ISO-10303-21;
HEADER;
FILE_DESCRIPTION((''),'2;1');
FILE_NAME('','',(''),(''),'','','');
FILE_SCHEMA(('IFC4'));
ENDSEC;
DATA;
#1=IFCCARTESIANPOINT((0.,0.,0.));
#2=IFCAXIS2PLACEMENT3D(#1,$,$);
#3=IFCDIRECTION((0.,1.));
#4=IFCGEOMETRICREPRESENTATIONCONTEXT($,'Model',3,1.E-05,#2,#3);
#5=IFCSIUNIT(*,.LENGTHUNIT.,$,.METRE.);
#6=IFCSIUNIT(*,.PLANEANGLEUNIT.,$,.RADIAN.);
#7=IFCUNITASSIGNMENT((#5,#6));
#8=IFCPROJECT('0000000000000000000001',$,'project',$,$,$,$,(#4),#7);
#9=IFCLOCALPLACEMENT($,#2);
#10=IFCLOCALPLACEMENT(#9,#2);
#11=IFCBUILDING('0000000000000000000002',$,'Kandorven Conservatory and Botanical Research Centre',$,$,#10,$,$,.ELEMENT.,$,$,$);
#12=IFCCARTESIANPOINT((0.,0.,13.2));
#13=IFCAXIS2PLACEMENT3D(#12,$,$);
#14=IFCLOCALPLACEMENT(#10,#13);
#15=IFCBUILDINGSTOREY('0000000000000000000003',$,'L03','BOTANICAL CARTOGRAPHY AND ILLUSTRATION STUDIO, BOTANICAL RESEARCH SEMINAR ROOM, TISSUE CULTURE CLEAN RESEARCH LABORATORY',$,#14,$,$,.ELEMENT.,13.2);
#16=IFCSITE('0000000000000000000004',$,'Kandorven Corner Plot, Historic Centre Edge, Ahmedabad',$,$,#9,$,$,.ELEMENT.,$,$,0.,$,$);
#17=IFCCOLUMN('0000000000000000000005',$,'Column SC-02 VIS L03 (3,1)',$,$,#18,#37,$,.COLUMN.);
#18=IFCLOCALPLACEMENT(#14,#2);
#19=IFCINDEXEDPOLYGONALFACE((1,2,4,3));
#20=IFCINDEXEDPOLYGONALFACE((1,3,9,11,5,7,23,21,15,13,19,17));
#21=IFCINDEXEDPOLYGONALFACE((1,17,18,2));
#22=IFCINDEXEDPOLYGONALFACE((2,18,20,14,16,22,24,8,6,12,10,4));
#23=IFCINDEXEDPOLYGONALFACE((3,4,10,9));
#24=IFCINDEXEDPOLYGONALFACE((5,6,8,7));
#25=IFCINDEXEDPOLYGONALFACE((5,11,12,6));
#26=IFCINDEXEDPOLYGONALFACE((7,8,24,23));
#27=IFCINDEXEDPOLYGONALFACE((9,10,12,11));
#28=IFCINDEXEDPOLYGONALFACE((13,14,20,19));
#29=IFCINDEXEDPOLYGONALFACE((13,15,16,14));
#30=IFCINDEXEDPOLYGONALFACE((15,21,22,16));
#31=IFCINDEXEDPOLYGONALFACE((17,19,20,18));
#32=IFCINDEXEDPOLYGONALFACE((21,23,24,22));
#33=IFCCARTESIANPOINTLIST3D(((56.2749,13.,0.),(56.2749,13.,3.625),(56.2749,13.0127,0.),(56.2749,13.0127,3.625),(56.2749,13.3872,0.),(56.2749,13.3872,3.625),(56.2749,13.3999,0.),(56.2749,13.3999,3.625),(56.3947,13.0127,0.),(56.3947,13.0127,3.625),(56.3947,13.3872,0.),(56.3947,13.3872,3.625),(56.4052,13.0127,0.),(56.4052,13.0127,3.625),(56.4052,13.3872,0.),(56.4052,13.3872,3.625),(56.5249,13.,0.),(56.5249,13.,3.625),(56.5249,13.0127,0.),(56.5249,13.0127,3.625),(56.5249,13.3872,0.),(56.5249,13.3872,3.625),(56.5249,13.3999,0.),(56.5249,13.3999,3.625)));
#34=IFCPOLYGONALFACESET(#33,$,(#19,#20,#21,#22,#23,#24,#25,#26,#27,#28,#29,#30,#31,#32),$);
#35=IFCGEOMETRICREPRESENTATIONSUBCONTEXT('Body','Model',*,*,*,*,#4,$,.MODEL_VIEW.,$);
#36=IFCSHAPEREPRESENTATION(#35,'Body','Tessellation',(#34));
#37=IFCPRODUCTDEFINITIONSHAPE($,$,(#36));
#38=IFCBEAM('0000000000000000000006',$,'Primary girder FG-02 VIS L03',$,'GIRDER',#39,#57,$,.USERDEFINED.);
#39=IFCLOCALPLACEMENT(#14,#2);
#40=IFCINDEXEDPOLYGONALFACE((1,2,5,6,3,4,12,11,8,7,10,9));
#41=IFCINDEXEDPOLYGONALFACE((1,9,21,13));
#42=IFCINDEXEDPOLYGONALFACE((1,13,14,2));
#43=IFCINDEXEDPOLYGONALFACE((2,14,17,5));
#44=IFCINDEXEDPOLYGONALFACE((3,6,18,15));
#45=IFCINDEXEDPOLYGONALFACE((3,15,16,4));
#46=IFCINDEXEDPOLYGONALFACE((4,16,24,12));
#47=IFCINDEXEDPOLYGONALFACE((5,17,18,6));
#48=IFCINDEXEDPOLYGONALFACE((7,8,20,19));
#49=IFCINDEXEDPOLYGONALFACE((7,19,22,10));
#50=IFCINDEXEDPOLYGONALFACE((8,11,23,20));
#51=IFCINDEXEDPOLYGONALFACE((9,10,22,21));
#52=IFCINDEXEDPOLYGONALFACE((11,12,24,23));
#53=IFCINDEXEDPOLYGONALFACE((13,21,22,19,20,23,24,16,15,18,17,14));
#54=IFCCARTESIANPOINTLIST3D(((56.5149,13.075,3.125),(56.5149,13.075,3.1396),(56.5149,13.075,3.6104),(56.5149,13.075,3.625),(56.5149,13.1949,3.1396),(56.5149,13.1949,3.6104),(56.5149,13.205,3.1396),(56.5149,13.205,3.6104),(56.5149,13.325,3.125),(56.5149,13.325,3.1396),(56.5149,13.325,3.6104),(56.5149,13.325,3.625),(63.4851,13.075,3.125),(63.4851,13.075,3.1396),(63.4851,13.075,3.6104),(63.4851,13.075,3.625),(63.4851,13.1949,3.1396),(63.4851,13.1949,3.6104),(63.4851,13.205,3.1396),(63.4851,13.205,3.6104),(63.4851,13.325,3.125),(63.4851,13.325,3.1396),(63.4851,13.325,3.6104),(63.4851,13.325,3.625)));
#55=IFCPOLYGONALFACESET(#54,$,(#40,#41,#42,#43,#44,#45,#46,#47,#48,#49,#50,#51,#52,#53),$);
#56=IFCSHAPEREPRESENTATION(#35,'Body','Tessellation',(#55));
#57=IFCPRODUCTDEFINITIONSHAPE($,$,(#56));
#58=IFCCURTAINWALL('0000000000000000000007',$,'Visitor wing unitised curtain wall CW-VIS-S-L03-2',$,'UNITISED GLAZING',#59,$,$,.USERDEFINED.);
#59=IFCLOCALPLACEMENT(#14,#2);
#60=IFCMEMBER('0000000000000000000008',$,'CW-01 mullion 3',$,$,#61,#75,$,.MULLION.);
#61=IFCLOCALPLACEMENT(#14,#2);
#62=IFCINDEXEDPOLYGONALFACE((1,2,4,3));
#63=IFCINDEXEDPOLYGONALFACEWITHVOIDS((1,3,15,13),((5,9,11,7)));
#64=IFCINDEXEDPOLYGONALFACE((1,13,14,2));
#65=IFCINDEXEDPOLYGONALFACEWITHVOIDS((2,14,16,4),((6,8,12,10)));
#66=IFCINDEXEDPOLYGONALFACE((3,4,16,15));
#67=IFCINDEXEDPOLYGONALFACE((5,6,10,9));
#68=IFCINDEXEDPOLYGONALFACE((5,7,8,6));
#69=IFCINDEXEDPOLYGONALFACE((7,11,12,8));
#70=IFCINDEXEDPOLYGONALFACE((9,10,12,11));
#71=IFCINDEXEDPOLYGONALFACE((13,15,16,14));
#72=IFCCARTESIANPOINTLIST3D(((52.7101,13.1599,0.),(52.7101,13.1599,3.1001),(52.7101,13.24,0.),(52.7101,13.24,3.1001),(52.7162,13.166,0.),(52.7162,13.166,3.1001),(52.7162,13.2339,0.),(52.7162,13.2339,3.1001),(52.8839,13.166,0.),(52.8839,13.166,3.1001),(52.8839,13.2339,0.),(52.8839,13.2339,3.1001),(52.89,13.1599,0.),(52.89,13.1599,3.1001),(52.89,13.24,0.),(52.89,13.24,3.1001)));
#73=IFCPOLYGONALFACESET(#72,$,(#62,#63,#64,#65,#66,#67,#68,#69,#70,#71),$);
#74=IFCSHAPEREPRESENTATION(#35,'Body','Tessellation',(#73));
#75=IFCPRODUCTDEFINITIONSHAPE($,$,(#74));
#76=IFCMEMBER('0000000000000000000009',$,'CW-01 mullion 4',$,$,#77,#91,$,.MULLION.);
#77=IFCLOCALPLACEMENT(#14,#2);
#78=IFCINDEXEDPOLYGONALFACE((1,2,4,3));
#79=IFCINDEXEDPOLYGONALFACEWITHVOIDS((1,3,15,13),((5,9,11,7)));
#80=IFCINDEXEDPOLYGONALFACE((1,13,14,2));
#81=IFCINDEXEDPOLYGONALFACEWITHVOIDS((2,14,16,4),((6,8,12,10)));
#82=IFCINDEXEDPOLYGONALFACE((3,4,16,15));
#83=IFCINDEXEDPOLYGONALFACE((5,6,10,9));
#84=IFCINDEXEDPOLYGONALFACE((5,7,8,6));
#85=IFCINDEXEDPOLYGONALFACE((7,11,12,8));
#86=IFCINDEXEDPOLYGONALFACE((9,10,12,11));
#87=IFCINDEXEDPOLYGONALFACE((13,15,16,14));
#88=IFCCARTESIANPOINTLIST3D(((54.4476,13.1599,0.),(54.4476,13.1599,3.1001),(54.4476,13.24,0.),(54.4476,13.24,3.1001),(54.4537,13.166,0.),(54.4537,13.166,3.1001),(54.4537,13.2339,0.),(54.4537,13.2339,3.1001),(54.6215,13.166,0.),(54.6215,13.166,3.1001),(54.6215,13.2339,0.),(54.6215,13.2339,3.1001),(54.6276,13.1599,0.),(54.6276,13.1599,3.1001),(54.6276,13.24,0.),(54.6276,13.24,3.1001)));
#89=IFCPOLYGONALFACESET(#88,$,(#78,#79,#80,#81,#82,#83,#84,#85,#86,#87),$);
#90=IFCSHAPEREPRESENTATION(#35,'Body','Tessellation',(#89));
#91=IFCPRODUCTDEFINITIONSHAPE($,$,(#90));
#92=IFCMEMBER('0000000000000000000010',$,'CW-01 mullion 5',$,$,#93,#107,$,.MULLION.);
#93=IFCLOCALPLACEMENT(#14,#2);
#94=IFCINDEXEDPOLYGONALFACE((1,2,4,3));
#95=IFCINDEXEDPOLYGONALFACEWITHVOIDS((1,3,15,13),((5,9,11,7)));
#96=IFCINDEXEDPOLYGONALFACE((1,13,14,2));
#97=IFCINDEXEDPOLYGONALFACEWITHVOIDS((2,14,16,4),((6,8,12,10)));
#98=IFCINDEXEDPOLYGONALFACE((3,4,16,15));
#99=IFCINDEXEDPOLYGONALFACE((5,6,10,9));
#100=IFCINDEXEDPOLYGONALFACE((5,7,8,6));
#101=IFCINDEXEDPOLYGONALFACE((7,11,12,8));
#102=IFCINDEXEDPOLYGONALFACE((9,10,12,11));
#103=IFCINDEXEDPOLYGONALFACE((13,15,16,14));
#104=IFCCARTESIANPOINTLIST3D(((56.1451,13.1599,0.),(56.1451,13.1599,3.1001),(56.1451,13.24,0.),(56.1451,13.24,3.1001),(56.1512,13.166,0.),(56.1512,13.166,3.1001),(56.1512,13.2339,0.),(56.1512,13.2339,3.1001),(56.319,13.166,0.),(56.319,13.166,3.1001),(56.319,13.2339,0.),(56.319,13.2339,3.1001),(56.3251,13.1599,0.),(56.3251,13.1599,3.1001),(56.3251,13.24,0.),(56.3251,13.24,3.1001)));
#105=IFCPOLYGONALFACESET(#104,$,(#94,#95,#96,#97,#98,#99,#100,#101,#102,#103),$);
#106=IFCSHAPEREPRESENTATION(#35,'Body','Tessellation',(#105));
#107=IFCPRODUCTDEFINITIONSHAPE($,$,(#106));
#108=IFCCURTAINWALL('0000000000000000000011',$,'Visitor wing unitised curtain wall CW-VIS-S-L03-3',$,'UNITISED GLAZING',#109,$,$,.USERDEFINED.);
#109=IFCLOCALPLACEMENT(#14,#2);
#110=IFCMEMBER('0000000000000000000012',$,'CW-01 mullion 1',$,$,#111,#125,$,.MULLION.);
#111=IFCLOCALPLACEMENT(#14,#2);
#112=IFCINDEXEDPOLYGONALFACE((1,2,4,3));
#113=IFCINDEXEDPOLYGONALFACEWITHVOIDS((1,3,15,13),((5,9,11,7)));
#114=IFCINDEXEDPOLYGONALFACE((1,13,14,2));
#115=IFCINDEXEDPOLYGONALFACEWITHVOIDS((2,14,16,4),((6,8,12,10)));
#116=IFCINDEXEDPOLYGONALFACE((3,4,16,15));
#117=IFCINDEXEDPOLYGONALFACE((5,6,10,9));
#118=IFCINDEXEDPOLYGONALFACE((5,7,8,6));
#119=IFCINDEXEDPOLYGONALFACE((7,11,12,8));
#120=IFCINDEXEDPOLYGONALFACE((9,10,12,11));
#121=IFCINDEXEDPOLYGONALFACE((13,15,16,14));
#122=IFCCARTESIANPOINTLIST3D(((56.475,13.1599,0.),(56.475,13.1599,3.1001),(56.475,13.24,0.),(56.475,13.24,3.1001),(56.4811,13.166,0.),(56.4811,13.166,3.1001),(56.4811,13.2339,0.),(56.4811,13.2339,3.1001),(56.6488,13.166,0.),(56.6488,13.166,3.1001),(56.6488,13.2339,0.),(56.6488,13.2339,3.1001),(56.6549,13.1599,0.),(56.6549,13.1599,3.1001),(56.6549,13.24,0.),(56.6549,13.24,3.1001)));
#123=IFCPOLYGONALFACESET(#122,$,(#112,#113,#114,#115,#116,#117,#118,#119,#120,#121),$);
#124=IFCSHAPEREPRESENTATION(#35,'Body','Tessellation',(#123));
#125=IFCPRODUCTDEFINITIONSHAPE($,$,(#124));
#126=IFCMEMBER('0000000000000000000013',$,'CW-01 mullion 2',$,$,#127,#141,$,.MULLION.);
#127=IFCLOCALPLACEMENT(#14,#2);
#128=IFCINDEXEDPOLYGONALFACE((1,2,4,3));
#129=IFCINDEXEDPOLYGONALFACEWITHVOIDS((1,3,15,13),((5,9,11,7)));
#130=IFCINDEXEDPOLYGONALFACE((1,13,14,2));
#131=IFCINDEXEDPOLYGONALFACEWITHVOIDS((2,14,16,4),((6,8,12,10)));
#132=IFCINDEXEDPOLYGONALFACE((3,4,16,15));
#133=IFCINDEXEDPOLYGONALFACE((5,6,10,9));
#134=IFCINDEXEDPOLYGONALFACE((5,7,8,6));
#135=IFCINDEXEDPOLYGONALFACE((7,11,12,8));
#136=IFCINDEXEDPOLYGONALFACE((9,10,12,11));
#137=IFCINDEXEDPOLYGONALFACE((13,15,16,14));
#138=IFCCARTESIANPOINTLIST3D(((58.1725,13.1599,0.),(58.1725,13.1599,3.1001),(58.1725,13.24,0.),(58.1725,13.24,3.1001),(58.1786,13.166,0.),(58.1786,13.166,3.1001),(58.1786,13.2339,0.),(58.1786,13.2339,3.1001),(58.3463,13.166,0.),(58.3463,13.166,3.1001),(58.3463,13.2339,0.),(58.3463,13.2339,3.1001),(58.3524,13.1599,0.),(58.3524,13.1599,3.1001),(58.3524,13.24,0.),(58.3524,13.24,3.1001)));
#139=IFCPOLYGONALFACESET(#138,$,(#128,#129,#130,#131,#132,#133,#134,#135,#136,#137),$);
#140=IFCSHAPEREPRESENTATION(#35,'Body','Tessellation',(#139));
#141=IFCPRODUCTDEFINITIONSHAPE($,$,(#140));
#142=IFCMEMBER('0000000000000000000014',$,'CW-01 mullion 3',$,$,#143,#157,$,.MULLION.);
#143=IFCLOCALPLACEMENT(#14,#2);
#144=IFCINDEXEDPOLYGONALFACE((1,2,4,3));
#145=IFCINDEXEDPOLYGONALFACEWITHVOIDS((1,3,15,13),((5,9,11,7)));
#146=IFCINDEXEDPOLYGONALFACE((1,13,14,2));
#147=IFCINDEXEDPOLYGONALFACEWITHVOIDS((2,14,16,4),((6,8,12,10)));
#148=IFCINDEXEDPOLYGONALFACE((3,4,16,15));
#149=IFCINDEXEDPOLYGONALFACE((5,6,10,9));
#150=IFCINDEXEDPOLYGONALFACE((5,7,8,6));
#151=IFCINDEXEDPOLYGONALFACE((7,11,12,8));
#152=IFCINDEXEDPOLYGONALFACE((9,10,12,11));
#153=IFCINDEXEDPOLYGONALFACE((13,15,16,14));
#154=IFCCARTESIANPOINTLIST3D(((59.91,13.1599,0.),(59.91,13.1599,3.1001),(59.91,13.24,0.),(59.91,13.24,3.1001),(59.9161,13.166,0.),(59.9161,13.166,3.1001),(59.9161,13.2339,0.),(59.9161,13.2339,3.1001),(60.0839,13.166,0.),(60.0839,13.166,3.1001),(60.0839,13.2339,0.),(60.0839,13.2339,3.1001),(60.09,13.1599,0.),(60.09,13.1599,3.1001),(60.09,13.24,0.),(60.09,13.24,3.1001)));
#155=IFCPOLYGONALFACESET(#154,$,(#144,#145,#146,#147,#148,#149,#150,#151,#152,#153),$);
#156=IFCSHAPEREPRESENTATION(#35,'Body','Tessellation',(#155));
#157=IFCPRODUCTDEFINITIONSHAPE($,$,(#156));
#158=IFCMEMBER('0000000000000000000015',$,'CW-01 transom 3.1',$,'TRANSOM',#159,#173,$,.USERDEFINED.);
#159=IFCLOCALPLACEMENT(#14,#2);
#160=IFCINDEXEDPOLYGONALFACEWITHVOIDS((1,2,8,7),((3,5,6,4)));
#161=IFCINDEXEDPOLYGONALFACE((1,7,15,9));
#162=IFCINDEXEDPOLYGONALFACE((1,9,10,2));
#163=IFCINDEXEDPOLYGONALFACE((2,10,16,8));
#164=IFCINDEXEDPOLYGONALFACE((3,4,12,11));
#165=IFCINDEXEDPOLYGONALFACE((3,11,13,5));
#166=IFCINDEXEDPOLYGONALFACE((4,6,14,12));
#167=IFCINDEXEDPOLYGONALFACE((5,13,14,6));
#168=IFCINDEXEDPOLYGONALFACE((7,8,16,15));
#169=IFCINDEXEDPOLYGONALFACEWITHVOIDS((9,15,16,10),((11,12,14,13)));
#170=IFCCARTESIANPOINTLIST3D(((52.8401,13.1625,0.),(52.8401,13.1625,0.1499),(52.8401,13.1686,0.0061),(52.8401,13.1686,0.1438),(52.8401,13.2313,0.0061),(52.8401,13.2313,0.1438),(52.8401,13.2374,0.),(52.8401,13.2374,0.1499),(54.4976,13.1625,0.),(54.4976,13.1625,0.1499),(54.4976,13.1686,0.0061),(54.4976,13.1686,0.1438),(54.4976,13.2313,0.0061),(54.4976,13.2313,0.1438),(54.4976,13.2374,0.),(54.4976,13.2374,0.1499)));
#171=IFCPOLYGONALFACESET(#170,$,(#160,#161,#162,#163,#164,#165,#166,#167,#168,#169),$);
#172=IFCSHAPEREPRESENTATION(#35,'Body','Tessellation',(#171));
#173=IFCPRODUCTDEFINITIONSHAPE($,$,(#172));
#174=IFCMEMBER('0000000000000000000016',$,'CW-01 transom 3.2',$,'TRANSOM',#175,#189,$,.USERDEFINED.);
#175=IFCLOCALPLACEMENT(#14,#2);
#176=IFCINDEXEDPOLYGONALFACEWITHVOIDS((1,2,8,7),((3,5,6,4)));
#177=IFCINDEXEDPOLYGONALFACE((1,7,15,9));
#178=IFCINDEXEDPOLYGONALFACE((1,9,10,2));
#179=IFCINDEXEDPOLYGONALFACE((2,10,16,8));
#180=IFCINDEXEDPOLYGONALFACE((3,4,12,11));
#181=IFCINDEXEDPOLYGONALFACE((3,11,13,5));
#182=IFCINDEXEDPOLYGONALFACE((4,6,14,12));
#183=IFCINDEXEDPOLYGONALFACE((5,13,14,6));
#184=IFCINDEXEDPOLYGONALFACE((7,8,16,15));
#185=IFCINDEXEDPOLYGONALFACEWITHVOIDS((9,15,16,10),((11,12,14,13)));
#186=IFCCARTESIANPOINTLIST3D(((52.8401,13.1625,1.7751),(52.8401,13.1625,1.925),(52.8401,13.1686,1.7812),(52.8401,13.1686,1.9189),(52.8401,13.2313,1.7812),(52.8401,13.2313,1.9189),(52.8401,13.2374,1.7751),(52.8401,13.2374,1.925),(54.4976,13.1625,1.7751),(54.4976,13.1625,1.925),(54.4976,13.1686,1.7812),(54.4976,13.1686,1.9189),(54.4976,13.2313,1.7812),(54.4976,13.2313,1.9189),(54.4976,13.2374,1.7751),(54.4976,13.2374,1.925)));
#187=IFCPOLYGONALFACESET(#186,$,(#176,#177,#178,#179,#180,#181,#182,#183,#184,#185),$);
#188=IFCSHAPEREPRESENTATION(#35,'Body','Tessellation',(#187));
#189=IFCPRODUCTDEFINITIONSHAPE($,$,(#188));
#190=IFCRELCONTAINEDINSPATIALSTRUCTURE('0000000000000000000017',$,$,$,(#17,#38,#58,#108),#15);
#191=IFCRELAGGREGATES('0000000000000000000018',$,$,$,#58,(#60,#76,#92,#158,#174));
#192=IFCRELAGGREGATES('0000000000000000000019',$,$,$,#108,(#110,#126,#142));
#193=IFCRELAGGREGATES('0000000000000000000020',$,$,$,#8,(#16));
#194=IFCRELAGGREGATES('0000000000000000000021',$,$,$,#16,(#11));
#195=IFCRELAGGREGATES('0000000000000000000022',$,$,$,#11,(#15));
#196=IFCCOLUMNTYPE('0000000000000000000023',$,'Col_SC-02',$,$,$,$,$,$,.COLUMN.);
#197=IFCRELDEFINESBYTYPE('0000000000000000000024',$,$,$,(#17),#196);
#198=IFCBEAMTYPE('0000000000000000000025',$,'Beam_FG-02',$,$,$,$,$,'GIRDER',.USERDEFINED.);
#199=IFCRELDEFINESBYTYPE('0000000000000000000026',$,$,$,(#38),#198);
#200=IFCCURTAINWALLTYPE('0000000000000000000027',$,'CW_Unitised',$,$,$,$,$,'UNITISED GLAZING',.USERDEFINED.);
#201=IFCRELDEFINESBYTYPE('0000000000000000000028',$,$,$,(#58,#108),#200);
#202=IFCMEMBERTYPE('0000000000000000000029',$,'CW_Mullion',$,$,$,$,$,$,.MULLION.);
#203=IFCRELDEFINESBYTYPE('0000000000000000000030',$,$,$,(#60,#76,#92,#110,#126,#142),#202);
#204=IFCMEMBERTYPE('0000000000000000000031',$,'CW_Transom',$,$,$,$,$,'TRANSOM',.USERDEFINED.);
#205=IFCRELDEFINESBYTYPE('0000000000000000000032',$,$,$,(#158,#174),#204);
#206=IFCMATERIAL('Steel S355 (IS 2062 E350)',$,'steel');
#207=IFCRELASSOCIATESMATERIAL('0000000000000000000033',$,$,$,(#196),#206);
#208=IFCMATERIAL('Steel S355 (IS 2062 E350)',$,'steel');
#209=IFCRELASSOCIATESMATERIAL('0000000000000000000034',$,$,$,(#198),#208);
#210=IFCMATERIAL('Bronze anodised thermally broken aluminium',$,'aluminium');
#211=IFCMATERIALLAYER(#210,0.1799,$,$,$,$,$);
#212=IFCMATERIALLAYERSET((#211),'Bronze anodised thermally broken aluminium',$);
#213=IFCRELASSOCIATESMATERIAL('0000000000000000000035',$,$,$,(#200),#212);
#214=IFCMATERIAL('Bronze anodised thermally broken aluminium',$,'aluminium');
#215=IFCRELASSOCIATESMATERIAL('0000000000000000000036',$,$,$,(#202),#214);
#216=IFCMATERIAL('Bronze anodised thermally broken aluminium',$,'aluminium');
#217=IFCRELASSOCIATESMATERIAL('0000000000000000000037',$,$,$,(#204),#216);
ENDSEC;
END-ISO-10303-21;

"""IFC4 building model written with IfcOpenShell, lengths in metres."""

from ifc_helpers import new_model, si_unit, direction, frame, origin, origin_2d, place, context, subcontext, project, spatial, hollow_rectangle, i_section, extrude, material, layer, layer_set, material_profile, profile_set, type_object, element, aggregate, save


model = new_model("IFC4")

# Units and contexts
model_context = context("Model", 3, precision=1e-05, world=origin(), true_north=direction((0.0, 1.0)))
body_context = subcontext(model_context, "Body", "Model", "MODEL_VIEW")
ifc_project = project(units=[si_unit("LENGTHUNIT", "METRE"), si_unit("PLANEANGLEUNIT", "RADIAN")], contexts=[model_context])

# Site, building, storey
site_placement = place(None, origin())
site = spatial("IfcSite", under=ifc_project, at=site_placement, Name="Kandorven Corner Plot, Historic Centre Edge, Ahmedabad", CompositionType="ELEMENT", RefElevation=0.0)
building_placement = place(site_placement, origin())
building = spatial("IfcBuilding", under=site, at=building_placement, Name="Kandorven Conservatory and Botanical Research Centre", CompositionType="ELEMENT")
storey_placement = place(building_placement, frame((0.0, 0.0, 13.2)))
storey = spatial("IfcBuildingStorey", under=building, at=storey_placement, Name="L03", Description="BOTANICAL CARTOGRAPHY AND ILLUSTRATION STUDIO, BOTANICAL RESEARCH SEMINAR ROOM, TISSUE CULTURE CLEAN RESEARCH LABORATORY", CompositionType="ELEMENT", Elevation=13.2)

# Column
ifc_material_1 = material(Name="Steel S355 (IS 2062 E350)", Category="steel")
ifc_material_profile_1 = material_profile(ifc_material_1, i_section(OverallWidth=0.25, OverallDepth=0.3999, WebThickness=0.0105, FlangeThickness=0.0127, at=origin_2d()))
ifc_profile_set_1 = profile_set([ifc_material_profile_1], Name="Steel S355 (IS 2062 E350)")
column_type = type_object("IfcColumnType", Name="Col_SC-02", PredefinedType="COLUMN", material=ifc_profile_set_1)
column_placement = place(storey_placement, frame((56.3999, 13.2, 0.0), z_axis=(0.0, 0.0, 1.0), x_axis=(1.0, 0.0, 0.0)))
element("IfcColumn", 1, at=column_placement, inside=storey, type_object=column_type, Name="Column SC-02 VIS L03 (3,1)", PredefinedType="COLUMN", context=body_context, shape_type="SweptSolid", body=[
    extrude(i_section(OverallWidth=0.25, OverallDepth=0.3999, WebThickness=0.0105, FlangeThickness=0.0127, at=origin_2d()), origin(), (0.0, 0.0, 1.0), 3.625),
])

# Beam
ifc_material_2 = material(Name="Steel S355 (IS 2062 E350)", Category="steel")
ifc_material_profile_2 = material_profile(ifc_material_2, i_section(OverallWidth=0.25, OverallDepth=0.5, WebThickness=0.01, FlangeThickness=0.0146, at=origin_2d()))
ifc_profile_set_2 = profile_set([ifc_material_profile_2], Name="Steel S355 (IS 2062 E350)")
beam_type = type_object("IfcBeamType", Name="Beam_FG-02", ElementType="GIRDER", PredefinedType="USERDEFINED", material=ifc_profile_set_2)
beam_placement = place(storey_placement, frame((56.5149, 13.2, 3.375), z_axis=(1.0, 0.0, 0.0), x_axis=(0.0, 1.0, 0.0)))
element("IfcBeam", 2, at=beam_placement, inside=storey, type_object=beam_type, Name="Primary girder FG-02 VIS L03", ObjectType="GIRDER", PredefinedType="USERDEFINED", context=body_context, shape_type="SweptSolid", body=[
    extrude(i_section(OverallWidth=0.25, OverallDepth=0.5, WebThickness=0.01, FlangeThickness=0.0146, at=origin_2d()), origin(), (0.0, 0.0, 1.0), 6.9702),
])

# Curtain walls, members
ifc_material_3 = material(Name="Bronze anodised thermally broken aluminium", Category="aluminium")
ifc_layer_1 = layer(ifc_material_3, 0.1799)
ifc_layer_set_1 = layer_set([ifc_layer_1], Name="Bronze anodised thermally broken aluminium")
curtain_wall_type = type_object("IfcCurtainWallType", Name="CW_Unitised", ElementType="UNITISED GLAZING", PredefinedType="USERDEFINED", material=ifc_layer_set_1)
curtain_wall_1_placement = place(storey_placement, origin())
curtain_wall_1 = element("IfcCurtainWall", 3, at=curtain_wall_1_placement, inside=storey, type_object=curtain_wall_type, Name="Visitor wing unitised curtain wall CW-VIS-S-L03-2", ObjectType="UNITISED GLAZING", PredefinedType="USERDEFINED")
ifc_material_4 = material(Name="Bronze anodised thermally broken aluminium", Category="aluminium")
ifc_material_profile_3 = material_profile(ifc_material_4, hollow_rectangle(XDim=0.0801, YDim=0.1799, WallThickness=0.0061, at=origin_2d()))
ifc_profile_set_3 = profile_set([ifc_material_profile_3], Name="Bronze anodised thermally broken aluminium")
member_type_1 = type_object("IfcMemberType", Name="CW_Mullion", PredefinedType="MULLION", material=ifc_profile_set_3)
member_1_placement = place(storey_placement, frame((52.8, 13.2, 0.0), z_axis=(0.0, 0.0, 1.0), x_axis=(0.0, 1.0, 0.0)))
member_1 = element("IfcMember", 4, at=member_1_placement, type_object=member_type_1, Name="CW-01 mullion 3", PredefinedType="MULLION", context=body_context, shape_type="SweptSolid", body=[
    extrude(hollow_rectangle(XDim=0.0801, YDim=0.1799, WallThickness=0.0061, at=origin_2d()), origin(), (0.0, 0.0, 1.0), 3.1001),
])
member_2_placement = place(storey_placement, frame((54.5376, 13.2, 0.0), z_axis=(0.0, 0.0, 1.0), x_axis=(0.0, 1.0, 0.0)))
member_2 = element("IfcMember", 5, at=member_2_placement, type_object=member_type_1, Name="CW-01 mullion 4", PredefinedType="MULLION", context=body_context, shape_type="SweptSolid", body=[
    extrude(hollow_rectangle(XDim=0.0801, YDim=0.1799, WallThickness=0.0061, at=origin_2d()), origin(), (0.0, 0.0, 1.0), 3.1001),
])
member_3_placement = place(storey_placement, frame((56.2351, 13.2, 0.0), z_axis=(0.0, 0.0, 1.0), x_axis=(0.0, 1.0, 0.0)))
member_3 = element("IfcMember", 6, at=member_3_placement, type_object=member_type_1, Name="CW-01 mullion 5", PredefinedType="MULLION", context=body_context, shape_type="SweptSolid", body=[
    extrude(hollow_rectangle(XDim=0.0801, YDim=0.1799, WallThickness=0.0061, at=origin_2d()), origin(), (0.0, 0.0, 1.0), 3.1001),
])
curtain_wall_2_placement = place(storey_placement, origin())
curtain_wall_2 = element("IfcCurtainWall", 7, at=curtain_wall_2_placement, inside=storey, type_object=curtain_wall_type, Name="Visitor wing unitised curtain wall CW-VIS-S-L03-3", ObjectType="UNITISED GLAZING", PredefinedType="USERDEFINED")
member_4_placement = place(storey_placement, frame((56.5649, 13.2, 0.0), z_axis=(0.0, 0.0, 1.0), x_axis=(0.0, 1.0, 0.0)))
member_4 = element("IfcMember", 8, at=member_4_placement, type_object=member_type_1, Name="CW-01 mullion 1", PredefinedType="MULLION", context=body_context, shape_type="SweptSolid", body=[
    extrude(hollow_rectangle(XDim=0.0801, YDim=0.1799, WallThickness=0.0061, at=origin_2d()), origin(), (0.0, 0.0, 1.0), 3.1001),
])
member_5_placement = place(storey_placement, frame((58.2625, 13.2, 0.0), z_axis=(0.0, 0.0, 1.0), x_axis=(0.0, 1.0, 0.0)))
member_5 = element("IfcMember", 9, at=member_5_placement, type_object=member_type_1, Name="CW-01 mullion 2", PredefinedType="MULLION", context=body_context, shape_type="SweptSolid", body=[
    extrude(hollow_rectangle(XDim=0.0801, YDim=0.1799, WallThickness=0.0061, at=origin_2d()), origin(), (0.0, 0.0, 1.0), 3.1001),
])
member_6_placement = place(storey_placement, frame((60.0, 13.2, 0.0), z_axis=(0.0, 0.0, 1.0), x_axis=(0.0, 1.0, 0.0)))
member_6 = element("IfcMember", 10, at=member_6_placement, type_object=member_type_1, Name="CW-01 mullion 3", PredefinedType="MULLION", context=body_context, shape_type="SweptSolid", body=[
    extrude(hollow_rectangle(XDim=0.0801, YDim=0.1799, WallThickness=0.0061, at=origin_2d()), origin(), (0.0, 0.0, 1.0), 3.1001),
])

# Members
ifc_material_5 = material(Name="Bronze anodised thermally broken aluminium", Category="aluminium")
ifc_material_profile_4 = material_profile(ifc_material_5, hollow_rectangle(XDim=0.075, YDim=0.1499, WallThickness=0.0061, at=origin_2d()))
ifc_profile_set_4 = profile_set([ifc_material_profile_4], Name="Bronze anodised thermally broken aluminium")
member_type_2 = type_object("IfcMemberType", Name="CW_Transom", ElementType="TRANSOM", PredefinedType="USERDEFINED", material=ifc_profile_set_4)
member_7_placement = place(storey_placement, frame((52.8401, 13.2, 0.075), z_axis=(1.0, 0.0, 0.0), x_axis=(0.0, 1.0, 0.0)))
member_7 = element("IfcMember", 11, at=member_7_placement, type_object=member_type_2, Name="CW-01 transom 3.1", ObjectType="TRANSOM", PredefinedType="USERDEFINED", context=body_context, shape_type="SweptSolid", body=[
    extrude(hollow_rectangle(XDim=0.075, YDim=0.1499, WallThickness=0.0061, at=origin_2d()), origin(), (0.0, 0.0, 1.0), 1.6575),
])
member_8_placement = place(storey_placement, frame((52.8401, 13.2, 1.8501), z_axis=(1.0, 0.0, 0.0), x_axis=(0.0, 1.0, 0.0)))
member_8 = element("IfcMember", 12, at=member_8_placement, type_object=member_type_2, Name="CW-01 transom 3.2", ObjectType="TRANSOM", PredefinedType="USERDEFINED", context=body_context, shape_type="SweptSolid", body=[
    extrude(hollow_rectangle(XDim=0.075, YDim=0.1499, WallThickness=0.0061, at=origin_2d()), origin(), (0.0, 0.0, 1.0), 1.6575),
])

aggregate(curtain_wall_1, [member_1, member_2, member_3, member_7, member_8])
aggregate(curtain_wall_2, [member_4, member_5, member_6])

save(model, "model.ifc")
